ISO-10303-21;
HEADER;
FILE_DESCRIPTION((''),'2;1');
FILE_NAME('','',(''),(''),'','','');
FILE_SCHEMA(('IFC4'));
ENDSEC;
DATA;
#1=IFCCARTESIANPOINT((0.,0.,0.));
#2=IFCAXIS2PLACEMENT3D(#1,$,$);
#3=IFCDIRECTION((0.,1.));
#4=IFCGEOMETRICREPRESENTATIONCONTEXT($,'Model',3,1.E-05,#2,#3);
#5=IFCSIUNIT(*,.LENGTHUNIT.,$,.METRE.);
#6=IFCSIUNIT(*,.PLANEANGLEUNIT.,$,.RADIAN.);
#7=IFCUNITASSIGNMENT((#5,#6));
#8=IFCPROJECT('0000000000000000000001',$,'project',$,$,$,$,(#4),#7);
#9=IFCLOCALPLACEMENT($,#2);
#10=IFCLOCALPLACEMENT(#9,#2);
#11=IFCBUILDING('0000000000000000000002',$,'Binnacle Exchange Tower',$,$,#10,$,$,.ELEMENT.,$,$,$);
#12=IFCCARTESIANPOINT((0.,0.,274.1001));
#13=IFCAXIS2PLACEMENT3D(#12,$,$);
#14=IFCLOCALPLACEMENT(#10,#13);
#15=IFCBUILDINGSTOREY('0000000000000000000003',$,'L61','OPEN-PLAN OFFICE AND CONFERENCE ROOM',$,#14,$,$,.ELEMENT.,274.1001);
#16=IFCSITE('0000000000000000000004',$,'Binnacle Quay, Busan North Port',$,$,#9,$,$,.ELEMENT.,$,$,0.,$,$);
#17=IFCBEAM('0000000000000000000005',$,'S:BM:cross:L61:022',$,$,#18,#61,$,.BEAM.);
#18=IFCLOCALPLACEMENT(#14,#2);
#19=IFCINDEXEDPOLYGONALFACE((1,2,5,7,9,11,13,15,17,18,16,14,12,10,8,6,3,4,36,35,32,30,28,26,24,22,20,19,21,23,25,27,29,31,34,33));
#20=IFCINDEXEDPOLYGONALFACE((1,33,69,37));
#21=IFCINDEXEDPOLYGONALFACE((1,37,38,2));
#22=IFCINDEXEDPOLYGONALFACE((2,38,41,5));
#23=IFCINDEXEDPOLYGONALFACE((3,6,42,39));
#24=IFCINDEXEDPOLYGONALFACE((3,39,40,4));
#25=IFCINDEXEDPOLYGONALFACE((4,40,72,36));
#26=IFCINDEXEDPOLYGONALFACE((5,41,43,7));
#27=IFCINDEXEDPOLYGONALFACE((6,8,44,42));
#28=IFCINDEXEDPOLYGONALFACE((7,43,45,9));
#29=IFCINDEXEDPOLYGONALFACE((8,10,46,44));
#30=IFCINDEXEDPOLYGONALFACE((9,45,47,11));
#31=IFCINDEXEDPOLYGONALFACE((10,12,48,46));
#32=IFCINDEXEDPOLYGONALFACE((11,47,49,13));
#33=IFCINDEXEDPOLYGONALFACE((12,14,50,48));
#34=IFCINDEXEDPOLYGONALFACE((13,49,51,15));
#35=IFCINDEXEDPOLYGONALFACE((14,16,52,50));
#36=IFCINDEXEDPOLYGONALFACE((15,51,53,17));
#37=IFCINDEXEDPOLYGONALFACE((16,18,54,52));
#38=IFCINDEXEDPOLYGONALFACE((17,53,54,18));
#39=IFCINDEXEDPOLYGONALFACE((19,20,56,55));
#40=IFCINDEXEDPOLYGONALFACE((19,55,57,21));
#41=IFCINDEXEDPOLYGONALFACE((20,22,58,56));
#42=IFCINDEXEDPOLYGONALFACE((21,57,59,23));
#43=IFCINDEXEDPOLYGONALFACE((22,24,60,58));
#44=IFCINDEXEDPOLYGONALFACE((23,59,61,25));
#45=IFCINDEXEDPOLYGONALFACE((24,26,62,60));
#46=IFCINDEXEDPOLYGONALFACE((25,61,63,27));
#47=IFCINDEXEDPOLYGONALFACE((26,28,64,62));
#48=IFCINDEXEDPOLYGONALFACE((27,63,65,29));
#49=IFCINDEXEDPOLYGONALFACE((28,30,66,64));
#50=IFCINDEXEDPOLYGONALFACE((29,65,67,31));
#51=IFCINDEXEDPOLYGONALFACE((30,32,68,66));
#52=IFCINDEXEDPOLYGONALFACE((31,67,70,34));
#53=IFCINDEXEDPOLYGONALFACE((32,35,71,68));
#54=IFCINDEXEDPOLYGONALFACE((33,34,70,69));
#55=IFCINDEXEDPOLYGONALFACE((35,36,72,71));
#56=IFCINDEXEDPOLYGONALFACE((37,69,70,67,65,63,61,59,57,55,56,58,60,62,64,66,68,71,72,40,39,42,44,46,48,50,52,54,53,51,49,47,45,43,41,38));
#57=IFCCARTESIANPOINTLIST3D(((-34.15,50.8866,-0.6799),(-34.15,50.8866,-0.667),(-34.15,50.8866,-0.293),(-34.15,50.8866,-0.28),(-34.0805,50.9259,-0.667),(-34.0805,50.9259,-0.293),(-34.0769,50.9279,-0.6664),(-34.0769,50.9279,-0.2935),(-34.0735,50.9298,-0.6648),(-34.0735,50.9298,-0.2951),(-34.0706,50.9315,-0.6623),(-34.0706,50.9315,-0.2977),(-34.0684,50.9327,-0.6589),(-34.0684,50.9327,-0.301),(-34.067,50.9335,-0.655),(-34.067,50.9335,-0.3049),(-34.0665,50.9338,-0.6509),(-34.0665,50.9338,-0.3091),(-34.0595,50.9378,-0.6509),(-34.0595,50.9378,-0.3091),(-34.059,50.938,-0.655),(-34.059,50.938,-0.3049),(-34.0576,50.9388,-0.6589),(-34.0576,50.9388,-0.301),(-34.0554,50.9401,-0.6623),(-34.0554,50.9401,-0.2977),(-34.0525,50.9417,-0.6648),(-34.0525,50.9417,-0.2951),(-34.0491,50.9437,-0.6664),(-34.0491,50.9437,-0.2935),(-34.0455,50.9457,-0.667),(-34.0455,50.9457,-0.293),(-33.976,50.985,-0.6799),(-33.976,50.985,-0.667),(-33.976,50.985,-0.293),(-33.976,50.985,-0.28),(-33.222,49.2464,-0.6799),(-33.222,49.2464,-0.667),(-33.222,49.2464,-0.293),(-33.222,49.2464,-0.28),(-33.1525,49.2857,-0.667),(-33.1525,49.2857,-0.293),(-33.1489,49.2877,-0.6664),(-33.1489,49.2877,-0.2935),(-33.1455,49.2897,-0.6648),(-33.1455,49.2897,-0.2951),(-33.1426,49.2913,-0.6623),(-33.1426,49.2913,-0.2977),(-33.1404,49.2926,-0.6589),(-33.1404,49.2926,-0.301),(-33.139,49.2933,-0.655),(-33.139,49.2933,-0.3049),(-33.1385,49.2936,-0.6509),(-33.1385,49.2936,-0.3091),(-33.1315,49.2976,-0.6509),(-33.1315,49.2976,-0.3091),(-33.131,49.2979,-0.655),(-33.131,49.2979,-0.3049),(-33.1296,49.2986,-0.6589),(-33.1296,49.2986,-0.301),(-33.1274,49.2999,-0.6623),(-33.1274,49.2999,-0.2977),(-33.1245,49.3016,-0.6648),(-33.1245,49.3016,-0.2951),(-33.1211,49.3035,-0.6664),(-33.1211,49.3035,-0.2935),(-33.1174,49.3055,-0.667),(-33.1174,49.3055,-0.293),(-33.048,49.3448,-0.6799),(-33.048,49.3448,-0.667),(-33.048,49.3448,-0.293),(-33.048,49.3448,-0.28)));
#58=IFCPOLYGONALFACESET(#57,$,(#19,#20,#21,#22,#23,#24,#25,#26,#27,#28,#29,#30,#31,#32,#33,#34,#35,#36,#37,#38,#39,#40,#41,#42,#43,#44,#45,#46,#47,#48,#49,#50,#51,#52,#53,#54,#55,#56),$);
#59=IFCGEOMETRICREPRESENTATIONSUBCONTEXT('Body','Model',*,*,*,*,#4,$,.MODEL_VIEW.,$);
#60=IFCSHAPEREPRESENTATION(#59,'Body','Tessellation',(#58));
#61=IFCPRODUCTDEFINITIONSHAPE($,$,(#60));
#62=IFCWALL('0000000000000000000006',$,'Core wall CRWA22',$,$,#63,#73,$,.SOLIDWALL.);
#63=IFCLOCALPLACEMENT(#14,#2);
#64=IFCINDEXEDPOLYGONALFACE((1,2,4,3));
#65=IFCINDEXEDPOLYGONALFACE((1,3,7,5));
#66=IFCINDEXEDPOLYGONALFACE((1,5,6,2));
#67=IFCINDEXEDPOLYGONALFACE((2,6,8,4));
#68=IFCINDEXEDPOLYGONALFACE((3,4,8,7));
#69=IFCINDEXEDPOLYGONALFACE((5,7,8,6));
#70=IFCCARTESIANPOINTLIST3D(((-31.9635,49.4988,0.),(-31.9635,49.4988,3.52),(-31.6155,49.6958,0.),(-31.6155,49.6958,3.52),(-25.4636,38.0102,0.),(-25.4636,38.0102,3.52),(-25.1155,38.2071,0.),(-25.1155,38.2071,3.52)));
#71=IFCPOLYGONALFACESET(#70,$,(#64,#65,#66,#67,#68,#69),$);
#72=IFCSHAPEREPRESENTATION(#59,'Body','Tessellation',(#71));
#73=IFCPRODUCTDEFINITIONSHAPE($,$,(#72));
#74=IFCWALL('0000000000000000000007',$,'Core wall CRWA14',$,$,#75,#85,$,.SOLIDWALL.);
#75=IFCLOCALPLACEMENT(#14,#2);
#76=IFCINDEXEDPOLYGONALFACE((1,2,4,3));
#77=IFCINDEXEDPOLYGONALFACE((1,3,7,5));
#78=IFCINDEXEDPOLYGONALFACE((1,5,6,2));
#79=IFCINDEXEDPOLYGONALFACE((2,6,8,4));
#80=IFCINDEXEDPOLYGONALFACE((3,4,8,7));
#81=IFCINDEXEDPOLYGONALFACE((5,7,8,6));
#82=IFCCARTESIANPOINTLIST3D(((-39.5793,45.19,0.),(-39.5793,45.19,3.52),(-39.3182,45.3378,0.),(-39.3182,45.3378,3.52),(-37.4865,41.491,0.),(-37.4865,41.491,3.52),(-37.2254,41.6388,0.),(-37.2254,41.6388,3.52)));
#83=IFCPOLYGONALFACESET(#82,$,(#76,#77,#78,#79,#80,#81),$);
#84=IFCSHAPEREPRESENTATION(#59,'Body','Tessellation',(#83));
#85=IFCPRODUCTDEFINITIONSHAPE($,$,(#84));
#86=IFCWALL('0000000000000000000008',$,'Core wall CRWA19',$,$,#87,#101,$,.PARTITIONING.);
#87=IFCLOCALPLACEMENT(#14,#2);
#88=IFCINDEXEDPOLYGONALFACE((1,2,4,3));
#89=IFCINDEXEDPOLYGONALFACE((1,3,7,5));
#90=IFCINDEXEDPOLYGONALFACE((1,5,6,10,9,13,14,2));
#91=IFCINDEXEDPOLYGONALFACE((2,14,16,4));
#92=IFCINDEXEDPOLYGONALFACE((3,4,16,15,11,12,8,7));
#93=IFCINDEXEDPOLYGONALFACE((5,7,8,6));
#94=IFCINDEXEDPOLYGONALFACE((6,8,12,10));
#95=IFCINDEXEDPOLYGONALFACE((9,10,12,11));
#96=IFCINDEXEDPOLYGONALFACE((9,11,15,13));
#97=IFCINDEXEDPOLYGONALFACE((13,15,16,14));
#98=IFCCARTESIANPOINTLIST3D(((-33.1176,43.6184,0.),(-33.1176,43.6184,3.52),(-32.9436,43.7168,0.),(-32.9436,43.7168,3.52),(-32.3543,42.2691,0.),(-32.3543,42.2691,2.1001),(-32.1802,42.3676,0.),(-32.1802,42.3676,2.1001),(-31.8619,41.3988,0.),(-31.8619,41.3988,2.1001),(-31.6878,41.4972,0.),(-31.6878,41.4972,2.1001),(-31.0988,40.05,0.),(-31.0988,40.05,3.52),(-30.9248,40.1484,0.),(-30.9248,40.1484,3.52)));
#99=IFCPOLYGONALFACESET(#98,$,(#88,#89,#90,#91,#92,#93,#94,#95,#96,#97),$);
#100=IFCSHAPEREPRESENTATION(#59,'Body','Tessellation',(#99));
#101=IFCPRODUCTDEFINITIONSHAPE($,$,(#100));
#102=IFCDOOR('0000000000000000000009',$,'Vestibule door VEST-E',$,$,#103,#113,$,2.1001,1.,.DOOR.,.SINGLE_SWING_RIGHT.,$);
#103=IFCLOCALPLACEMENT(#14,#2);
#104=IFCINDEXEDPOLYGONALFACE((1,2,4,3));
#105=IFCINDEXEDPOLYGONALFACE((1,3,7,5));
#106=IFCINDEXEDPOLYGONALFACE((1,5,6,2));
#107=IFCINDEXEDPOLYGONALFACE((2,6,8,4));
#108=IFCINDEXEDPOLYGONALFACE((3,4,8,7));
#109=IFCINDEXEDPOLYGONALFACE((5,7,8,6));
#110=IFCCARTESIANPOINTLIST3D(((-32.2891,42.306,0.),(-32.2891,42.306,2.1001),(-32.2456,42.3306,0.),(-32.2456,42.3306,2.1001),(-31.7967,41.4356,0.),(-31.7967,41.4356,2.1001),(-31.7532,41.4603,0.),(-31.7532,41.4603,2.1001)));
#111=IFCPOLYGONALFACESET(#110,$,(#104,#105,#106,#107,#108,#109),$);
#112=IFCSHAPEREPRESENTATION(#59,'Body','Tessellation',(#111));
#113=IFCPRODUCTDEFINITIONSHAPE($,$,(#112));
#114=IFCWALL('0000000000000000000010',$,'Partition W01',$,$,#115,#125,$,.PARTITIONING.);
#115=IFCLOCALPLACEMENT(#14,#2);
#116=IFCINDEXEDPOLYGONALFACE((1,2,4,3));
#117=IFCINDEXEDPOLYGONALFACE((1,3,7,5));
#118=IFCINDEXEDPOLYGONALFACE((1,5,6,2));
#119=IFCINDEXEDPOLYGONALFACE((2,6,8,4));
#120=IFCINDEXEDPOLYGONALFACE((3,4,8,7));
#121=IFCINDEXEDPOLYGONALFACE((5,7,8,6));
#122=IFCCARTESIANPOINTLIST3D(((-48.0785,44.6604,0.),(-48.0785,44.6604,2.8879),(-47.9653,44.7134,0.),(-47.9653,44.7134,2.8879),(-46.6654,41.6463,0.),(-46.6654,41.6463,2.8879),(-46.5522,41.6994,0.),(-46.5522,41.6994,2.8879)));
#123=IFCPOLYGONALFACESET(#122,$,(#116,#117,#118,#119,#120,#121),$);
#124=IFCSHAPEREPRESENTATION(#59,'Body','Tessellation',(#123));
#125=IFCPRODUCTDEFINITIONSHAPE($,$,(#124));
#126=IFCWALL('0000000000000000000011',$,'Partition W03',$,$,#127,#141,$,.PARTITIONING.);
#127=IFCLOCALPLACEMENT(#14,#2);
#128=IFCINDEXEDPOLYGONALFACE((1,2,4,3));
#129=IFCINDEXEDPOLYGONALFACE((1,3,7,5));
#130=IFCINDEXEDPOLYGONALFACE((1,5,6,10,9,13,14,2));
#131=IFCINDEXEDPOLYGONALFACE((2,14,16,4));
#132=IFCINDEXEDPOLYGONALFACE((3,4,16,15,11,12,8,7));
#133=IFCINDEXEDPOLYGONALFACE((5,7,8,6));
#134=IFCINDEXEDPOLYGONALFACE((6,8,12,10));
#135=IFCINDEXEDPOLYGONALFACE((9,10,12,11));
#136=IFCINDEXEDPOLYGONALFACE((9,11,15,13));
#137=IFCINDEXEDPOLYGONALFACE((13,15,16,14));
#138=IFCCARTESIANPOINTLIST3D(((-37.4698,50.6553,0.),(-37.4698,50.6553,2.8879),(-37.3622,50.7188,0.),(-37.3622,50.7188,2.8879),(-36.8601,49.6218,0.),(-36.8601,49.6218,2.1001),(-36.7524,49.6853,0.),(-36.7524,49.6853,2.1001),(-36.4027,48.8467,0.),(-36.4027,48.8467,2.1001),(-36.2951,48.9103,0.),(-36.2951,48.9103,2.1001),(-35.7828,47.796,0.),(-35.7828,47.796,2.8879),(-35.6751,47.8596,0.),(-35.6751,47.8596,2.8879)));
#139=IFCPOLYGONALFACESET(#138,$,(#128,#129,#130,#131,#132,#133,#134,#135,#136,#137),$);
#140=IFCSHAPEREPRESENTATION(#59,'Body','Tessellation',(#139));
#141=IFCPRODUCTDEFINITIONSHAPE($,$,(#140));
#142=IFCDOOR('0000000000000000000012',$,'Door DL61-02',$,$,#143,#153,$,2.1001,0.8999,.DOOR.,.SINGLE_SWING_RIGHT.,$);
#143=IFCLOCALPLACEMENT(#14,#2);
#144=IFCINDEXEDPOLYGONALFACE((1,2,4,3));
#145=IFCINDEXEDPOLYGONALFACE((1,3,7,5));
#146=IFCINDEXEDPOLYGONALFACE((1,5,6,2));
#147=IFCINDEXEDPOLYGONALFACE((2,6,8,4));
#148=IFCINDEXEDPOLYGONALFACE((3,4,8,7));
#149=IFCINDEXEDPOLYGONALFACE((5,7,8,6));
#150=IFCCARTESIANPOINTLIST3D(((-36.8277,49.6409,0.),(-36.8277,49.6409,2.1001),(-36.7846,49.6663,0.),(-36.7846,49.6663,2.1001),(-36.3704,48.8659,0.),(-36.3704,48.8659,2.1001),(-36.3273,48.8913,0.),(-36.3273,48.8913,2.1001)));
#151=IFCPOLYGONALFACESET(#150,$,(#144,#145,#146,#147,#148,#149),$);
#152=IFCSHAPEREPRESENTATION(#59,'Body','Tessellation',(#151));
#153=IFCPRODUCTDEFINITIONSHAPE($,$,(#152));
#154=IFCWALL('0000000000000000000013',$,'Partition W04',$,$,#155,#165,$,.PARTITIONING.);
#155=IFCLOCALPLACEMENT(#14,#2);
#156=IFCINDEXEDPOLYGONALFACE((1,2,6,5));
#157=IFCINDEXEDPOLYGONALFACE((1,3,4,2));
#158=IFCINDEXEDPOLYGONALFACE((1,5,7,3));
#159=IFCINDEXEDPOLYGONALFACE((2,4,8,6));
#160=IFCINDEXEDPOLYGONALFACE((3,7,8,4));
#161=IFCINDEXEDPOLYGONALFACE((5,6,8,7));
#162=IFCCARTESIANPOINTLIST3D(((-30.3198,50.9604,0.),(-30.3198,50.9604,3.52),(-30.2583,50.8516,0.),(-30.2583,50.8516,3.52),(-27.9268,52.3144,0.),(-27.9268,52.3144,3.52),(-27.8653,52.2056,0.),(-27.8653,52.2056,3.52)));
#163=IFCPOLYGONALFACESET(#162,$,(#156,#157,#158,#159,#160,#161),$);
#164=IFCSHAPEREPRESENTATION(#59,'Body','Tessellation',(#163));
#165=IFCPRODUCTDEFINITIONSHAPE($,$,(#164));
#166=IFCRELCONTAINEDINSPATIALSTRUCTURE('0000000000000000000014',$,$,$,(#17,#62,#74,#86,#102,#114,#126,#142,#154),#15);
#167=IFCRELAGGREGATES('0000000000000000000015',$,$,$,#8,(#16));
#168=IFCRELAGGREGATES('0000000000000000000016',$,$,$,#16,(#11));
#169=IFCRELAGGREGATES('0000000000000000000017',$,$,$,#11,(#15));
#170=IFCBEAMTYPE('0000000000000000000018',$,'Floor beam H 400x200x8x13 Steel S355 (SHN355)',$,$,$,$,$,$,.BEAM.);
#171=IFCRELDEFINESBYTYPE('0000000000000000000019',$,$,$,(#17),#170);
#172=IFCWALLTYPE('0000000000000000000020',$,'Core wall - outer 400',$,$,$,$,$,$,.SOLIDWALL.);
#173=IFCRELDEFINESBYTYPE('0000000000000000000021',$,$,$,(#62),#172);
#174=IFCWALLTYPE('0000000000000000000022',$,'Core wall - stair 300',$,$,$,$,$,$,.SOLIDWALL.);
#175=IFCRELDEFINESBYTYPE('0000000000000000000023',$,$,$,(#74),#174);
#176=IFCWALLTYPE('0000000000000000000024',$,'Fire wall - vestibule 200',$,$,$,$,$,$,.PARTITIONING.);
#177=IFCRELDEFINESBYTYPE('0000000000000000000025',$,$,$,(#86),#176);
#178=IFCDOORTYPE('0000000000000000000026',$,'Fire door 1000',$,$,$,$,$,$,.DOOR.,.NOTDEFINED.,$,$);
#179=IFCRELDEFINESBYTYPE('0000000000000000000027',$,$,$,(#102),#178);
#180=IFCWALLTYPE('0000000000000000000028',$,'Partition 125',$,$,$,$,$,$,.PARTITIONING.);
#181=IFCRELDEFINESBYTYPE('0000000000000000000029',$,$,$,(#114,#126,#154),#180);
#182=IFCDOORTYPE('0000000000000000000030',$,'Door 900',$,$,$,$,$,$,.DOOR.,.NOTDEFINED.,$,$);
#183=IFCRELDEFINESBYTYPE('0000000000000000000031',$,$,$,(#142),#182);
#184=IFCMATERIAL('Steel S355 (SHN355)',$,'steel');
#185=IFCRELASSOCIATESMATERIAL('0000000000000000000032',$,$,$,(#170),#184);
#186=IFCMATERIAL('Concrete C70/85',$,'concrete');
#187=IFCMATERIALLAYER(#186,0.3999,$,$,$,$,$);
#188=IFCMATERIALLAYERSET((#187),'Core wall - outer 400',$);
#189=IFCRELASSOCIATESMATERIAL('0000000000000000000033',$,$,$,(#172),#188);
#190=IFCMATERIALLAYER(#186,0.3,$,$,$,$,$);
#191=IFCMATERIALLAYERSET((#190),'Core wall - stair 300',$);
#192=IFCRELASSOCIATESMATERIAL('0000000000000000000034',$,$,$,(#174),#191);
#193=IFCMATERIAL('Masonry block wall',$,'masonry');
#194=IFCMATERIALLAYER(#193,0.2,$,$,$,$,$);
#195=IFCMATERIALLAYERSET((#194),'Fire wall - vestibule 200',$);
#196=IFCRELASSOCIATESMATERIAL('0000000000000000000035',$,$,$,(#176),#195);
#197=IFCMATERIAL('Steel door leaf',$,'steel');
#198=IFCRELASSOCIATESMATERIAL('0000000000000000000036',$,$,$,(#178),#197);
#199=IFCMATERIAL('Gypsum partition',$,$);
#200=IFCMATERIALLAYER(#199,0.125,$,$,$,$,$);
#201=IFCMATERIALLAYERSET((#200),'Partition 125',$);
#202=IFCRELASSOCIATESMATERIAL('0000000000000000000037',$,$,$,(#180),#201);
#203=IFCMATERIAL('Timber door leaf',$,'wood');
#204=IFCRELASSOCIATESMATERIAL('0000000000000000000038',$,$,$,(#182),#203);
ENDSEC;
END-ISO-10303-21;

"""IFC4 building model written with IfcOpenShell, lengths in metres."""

from ifc_helpers import new_model, si_unit, direction, frame, frame_2d, origin, origin_2d, place, context, subcontext, project, spatial, rectangle, i_section, extrude, material, layer, layer_set, material_profile, profile_set, type_object, element, fill, save


model = new_model("IFC4")

# Units and contexts
model_context = context("Model", 3, precision=1e-05, world=origin(), true_north=direction((0.0, 1.0)))
body_context = subcontext(model_context, "Body", "Model", "MODEL_VIEW")
ifc_project = project(units=[si_unit("LENGTHUNIT", "METRE"), si_unit("PLANEANGLEUNIT", "RADIAN")], contexts=[model_context])

# Site, building, storey
site_placement = place(None, origin())
site = spatial("IfcSite", under=ifc_project, at=site_placement, Name="Binnacle Quay, Busan North Port", CompositionType="ELEMENT", RefElevation=0.0)
building_placement = place(site_placement, origin())
building = spatial("IfcBuilding", under=site, at=building_placement, Name="Binnacle Exchange Tower", CompositionType="ELEMENT")
storey_placement = place(building_placement, frame((0.0, 0.0, 274.1001)))
storey = spatial("IfcBuildingStorey", under=building, at=storey_placement, Name="L61", Description="OPEN-PLAN OFFICE AND CONFERENCE ROOM", CompositionType="ELEMENT", Elevation=274.1001)

# Beam
ifc_material_1 = material(Name="Steel S355 (SHN355)", Category="steel")
ifc_material_profile_1 = material_profile(ifc_material_1, i_section(OverallWidth=0.2, OverallDepth=0.3999, WebThickness=0.0081, FlangeThickness=0.0129, FilletRadius=0.0161, at=origin_2d()), Name="H 400x200x8x13")
ifc_profile_set_1 = profile_set([ifc_material_profile_1], Name="Steel S355 (SHN355)")
beam_type_1 = type_object("IfcBeamType", Name="Floor beam H 400x200x8x13 Steel S355 (SHN355)", PredefinedType="BEAM", material=ifc_profile_set_1)
beam_1_placement = place(storey_placement, frame((-34.063, 50.9358, -0.48), z_axis=(0.492437, -0.870348, 0.0), x_axis=(0.870348, 0.492437, 0.0)))
element("IfcBeam", 1, at=beam_1_placement, inside=storey, type_object=beam_type_1, Name="S:BM:cross:L61:022", PredefinedType="BEAM", context=body_context, shape_type="SweptSolid", body=[
    extrude(i_section(OverallWidth=0.2, OverallDepth=0.3999, WebThickness=0.0081, FlangeThickness=0.0129, FilletRadius=0.0161, at=origin_2d()), origin(), (0.0, 0.0, 1.0), 1.8845),
])

# Walls
ifc_material_2 = material(Name="Concrete C70/85", Category="concrete")
ifc_layer_1 = layer(ifc_material_2, 0.3999)
ifc_layer_set_1 = layer_set([ifc_layer_1], Name="Core wall - outer 400")
wall_type_1 = type_object("IfcWallType", Name="Core wall - outer 400", PredefinedType="SOLIDWALL", material=ifc_layer_set_1)
wall_1_placement = place(storey_placement, frame((-31.7896, 49.5974, 0.0), z_axis=(0.0, 0.0, 1.0), x_axis=(0.492422, -0.870357, 0.0)))
element("IfcWall", 2, at=wall_1_placement, inside=storey, type_object=wall_type_1, Name="Core wall CRWA22", PredefinedType="SOLIDWALL", context=body_context, shape_type="SweptSolid", body=[
    extrude(rectangle(XDim=13.2, YDim=0.3999, at=frame_2d((6.6001, 0.0))), origin(), (0.0, 0.0, 1.0), 3.52),
])
ifc_layer_2 = layer(ifc_material_2, 0.3)
ifc_layer_set_2 = layer_set([ifc_layer_2], Name="Core wall - stair 300")
wall_type_2 = type_object("IfcWallType", Name="Core wall - stair 300", PredefinedType="SOLIDWALL", material=ifc_layer_set_2)
wall_2_placement = place(storey_placement, frame((-39.4487, 45.2639, 0.0), z_axis=(0.0, 0.0, 1.0), x_axis=(0.492423, -0.870356, 0.0)))
element("IfcWall", 3, at=wall_2_placement, inside=storey, type_object=wall_type_2, Name="Core wall CRWA14", PredefinedType="SOLIDWALL", context=body_context, shape_type="SweptSolid", body=[
    extrude(rectangle(XDim=4.25, YDim=0.3, at=frame_2d((2.125, 0.0))), origin(), (0.0, 0.0, 1.0), 3.52),
])

# Wall, opening, door
ifc_material_3 = material(Name="Masonry block wall", Category="masonry")
ifc_layer_3 = layer(ifc_material_3, 0.2)
ifc_layer_set_3 = layer_set([ifc_layer_3], Name="Fire wall - vestibule 200")
wall_type_3 = type_object("IfcWallType", Name="Fire wall - vestibule 200", PredefinedType="PARTITIONING", material=ifc_layer_set_3)
wall_3_placement = place(storey_placement, frame((-33.0305, 43.6675, 0.0), z_axis=(0.0, 0.0, 1.0), x_axis=(0.492408, -0.870364, 0.0)))
wall_3 = element("IfcWall", 4, at=wall_3_placement, inside=storey, type_object=wall_type_3, Name="Core wall CRWA19", PredefinedType="PARTITIONING", context=body_context, shape_type="SweptSolid", body=[
    extrude(rectangle(XDim=4.0999, YDim=0.2, at=frame_2d((2.0498, 0.0))), origin(), (0.0, 0.0, 1.0), 3.52),
])
opening_1_placement = place(wall_3_placement, frame((1.55, 0.0, 0.0)))
opening_1 = element("IfcOpeningElement", 5, at=opening_1_placement, cuts=wall_3, PredefinedType="OPENING", context=body_context, shape_type="SweptSolid", body=[
    extrude(rectangle(XDim=1.0, YDim=2.1001, at=frame_2d((0.5, 1.05))), frame((0.0, 0.1099, 0.0), z_axis=(0.0, -1.0, 0.0), x_axis=(1.0, 0.0, 0.0)), (0.0, 0.0, 1.0), 0.22),
])
ifc_material_4 = material(Name="Steel door leaf", Category="steel")
door_type_1 = type_object("IfcDoorType", Name="Fire door 1000", OperationType="NOTDEFINED", PredefinedType="DOOR", material=ifc_material_4)
door_1_placement = place(opening_1_placement, origin())
door_1 = element("IfcDoor", 6, at=door_1_placement, inside=storey, type_object=door_type_1, Name="Vestibule door VEST-E", OperationType="SINGLE_SWING_RIGHT", OverallHeight=2.1001, OverallWidth=1.0, PredefinedType="DOOR", context=body_context, shape_type="SweptSolid", body=[
    extrude(rectangle(XDim=1.0, YDim=2.1001, at=frame_2d((0.5, 1.05))), frame((0.0, 0.0249, 0.0), z_axis=(0.0, -1.0, 0.0), x_axis=(1.0, 0.0, 0.0)), (0.0, 0.0, 1.0), 0.05),
])
fill(opening_1, door_1)

# Wall
ifc_material_5 = material(Name="Gypsum partition")
ifc_layer_4 = layer(ifc_material_5, 0.125)
ifc_layer_set_4 = layer_set([ifc_layer_4], Name="Partition 125")
wall_type_4 = type_object("IfcWallType", Name="Partition 125", PredefinedType="PARTITIONING", material=ifc_layer_set_4)
wall_4_placement = place(storey_placement, frame((-48.022, 44.687, 0.0), z_axis=(0.0, 0.0, 1.0), x_axis=(0.424511, -0.905423, 0.0)))
element("IfcWall", 7, at=wall_4_placement, inside=storey, type_object=wall_type_4, Name="Partition W01", PredefinedType="PARTITIONING", context=body_context, shape_type="SweptSolid", body=[
    extrude(rectangle(XDim=3.3289, YDim=0.125, at=frame_2d((1.6646, 0.0))), origin(), (0.0, 0.0, 1.0), 2.8879),
])

# Wall, opening, door
wall_5_placement = place(storey_placement, frame((-37.416, 50.687, 0.0), z_axis=(0.0, 0.0, 1.0), x_axis=(0.508177, -0.861253, 0.0)))
wall_5 = element("IfcWall", 8, at=wall_5_placement, inside=storey, type_object=wall_type_4, Name="Partition W03", PredefinedType="PARTITIONING", context=body_context, shape_type="SweptSolid", body=[
    extrude(rectangle(XDim=3.3198, YDim=0.125, at=frame_2d((1.6599, 0.0))), origin(), (0.0, 0.0, 1.0), 2.8879),
])
opening_2_placement = place(wall_5_placement, frame((1.2, 0.0, 0.0)))
opening_2 = element("IfcOpeningElement", 9, at=opening_2_placement, cuts=wall_5, PredefinedType="OPENING", context=body_context, shape_type="SweptSolid", body=[
    extrude(rectangle(XDim=0.8999, YDim=2.1001, at=frame_2d((0.45, 1.05))), frame((0.0, 0.0725, 0.0), z_axis=(0.0, -1.0, 0.0), x_axis=(1.0, 0.0, 0.0)), (0.0, 0.0, 1.0), 0.145),
])
ifc_material_6 = material(Name="Timber door leaf", Category="wood")
door_type_2 = type_object("IfcDoorType", Name="Door 900", OperationType="NOTDEFINED", PredefinedType="DOOR", material=ifc_material_6)
door_2_placement = place(opening_2_placement, frame((0.8999, 0.0, 0.0), z_axis=(0.0, 0.0, 1.0), x_axis=(-1.0, 0.0, 0.0)))
door_2 = element("IfcDoor", 10, at=door_2_placement, inside=storey, type_object=door_type_2, Name="Door DL61-02", OperationType="SINGLE_SWING_RIGHT", OverallHeight=2.1001, OverallWidth=0.8999, PredefinedType="DOOR", context=body_context, shape_type="SweptSolid", body=[
    extrude(rectangle(XDim=0.8999, YDim=2.1001, at=frame_2d((0.45, 1.05))), frame((0.0, 0.0249, 0.0), z_axis=(0.0, -1.0, 0.0), x_axis=(1.0, 0.0, 0.0)), (0.0, 0.0, 1.0), 0.05),
])
fill(opening_2, door_2)

# Wall
wall_6_placement = place(storey_placement, frame((-30.2891, 50.906, 0.0), z_axis=(0.0, 0.0, 1.0), x_axis=(0.870344, 0.492443, 0.0)))
element("IfcWall", 11, at=wall_6_placement, inside=storey, type_object=wall_type_4, Name="Partition W04", PredefinedType="PARTITIONING", context=body_context, shape_type="SweptSolid", body=[
    extrude(rectangle(XDim=2.7495, YDim=0.125, at=frame_2d((1.3748, 0.0))), origin(), (0.0, 0.0, 1.0), 3.52),
])

save(model, "model.ifc")
